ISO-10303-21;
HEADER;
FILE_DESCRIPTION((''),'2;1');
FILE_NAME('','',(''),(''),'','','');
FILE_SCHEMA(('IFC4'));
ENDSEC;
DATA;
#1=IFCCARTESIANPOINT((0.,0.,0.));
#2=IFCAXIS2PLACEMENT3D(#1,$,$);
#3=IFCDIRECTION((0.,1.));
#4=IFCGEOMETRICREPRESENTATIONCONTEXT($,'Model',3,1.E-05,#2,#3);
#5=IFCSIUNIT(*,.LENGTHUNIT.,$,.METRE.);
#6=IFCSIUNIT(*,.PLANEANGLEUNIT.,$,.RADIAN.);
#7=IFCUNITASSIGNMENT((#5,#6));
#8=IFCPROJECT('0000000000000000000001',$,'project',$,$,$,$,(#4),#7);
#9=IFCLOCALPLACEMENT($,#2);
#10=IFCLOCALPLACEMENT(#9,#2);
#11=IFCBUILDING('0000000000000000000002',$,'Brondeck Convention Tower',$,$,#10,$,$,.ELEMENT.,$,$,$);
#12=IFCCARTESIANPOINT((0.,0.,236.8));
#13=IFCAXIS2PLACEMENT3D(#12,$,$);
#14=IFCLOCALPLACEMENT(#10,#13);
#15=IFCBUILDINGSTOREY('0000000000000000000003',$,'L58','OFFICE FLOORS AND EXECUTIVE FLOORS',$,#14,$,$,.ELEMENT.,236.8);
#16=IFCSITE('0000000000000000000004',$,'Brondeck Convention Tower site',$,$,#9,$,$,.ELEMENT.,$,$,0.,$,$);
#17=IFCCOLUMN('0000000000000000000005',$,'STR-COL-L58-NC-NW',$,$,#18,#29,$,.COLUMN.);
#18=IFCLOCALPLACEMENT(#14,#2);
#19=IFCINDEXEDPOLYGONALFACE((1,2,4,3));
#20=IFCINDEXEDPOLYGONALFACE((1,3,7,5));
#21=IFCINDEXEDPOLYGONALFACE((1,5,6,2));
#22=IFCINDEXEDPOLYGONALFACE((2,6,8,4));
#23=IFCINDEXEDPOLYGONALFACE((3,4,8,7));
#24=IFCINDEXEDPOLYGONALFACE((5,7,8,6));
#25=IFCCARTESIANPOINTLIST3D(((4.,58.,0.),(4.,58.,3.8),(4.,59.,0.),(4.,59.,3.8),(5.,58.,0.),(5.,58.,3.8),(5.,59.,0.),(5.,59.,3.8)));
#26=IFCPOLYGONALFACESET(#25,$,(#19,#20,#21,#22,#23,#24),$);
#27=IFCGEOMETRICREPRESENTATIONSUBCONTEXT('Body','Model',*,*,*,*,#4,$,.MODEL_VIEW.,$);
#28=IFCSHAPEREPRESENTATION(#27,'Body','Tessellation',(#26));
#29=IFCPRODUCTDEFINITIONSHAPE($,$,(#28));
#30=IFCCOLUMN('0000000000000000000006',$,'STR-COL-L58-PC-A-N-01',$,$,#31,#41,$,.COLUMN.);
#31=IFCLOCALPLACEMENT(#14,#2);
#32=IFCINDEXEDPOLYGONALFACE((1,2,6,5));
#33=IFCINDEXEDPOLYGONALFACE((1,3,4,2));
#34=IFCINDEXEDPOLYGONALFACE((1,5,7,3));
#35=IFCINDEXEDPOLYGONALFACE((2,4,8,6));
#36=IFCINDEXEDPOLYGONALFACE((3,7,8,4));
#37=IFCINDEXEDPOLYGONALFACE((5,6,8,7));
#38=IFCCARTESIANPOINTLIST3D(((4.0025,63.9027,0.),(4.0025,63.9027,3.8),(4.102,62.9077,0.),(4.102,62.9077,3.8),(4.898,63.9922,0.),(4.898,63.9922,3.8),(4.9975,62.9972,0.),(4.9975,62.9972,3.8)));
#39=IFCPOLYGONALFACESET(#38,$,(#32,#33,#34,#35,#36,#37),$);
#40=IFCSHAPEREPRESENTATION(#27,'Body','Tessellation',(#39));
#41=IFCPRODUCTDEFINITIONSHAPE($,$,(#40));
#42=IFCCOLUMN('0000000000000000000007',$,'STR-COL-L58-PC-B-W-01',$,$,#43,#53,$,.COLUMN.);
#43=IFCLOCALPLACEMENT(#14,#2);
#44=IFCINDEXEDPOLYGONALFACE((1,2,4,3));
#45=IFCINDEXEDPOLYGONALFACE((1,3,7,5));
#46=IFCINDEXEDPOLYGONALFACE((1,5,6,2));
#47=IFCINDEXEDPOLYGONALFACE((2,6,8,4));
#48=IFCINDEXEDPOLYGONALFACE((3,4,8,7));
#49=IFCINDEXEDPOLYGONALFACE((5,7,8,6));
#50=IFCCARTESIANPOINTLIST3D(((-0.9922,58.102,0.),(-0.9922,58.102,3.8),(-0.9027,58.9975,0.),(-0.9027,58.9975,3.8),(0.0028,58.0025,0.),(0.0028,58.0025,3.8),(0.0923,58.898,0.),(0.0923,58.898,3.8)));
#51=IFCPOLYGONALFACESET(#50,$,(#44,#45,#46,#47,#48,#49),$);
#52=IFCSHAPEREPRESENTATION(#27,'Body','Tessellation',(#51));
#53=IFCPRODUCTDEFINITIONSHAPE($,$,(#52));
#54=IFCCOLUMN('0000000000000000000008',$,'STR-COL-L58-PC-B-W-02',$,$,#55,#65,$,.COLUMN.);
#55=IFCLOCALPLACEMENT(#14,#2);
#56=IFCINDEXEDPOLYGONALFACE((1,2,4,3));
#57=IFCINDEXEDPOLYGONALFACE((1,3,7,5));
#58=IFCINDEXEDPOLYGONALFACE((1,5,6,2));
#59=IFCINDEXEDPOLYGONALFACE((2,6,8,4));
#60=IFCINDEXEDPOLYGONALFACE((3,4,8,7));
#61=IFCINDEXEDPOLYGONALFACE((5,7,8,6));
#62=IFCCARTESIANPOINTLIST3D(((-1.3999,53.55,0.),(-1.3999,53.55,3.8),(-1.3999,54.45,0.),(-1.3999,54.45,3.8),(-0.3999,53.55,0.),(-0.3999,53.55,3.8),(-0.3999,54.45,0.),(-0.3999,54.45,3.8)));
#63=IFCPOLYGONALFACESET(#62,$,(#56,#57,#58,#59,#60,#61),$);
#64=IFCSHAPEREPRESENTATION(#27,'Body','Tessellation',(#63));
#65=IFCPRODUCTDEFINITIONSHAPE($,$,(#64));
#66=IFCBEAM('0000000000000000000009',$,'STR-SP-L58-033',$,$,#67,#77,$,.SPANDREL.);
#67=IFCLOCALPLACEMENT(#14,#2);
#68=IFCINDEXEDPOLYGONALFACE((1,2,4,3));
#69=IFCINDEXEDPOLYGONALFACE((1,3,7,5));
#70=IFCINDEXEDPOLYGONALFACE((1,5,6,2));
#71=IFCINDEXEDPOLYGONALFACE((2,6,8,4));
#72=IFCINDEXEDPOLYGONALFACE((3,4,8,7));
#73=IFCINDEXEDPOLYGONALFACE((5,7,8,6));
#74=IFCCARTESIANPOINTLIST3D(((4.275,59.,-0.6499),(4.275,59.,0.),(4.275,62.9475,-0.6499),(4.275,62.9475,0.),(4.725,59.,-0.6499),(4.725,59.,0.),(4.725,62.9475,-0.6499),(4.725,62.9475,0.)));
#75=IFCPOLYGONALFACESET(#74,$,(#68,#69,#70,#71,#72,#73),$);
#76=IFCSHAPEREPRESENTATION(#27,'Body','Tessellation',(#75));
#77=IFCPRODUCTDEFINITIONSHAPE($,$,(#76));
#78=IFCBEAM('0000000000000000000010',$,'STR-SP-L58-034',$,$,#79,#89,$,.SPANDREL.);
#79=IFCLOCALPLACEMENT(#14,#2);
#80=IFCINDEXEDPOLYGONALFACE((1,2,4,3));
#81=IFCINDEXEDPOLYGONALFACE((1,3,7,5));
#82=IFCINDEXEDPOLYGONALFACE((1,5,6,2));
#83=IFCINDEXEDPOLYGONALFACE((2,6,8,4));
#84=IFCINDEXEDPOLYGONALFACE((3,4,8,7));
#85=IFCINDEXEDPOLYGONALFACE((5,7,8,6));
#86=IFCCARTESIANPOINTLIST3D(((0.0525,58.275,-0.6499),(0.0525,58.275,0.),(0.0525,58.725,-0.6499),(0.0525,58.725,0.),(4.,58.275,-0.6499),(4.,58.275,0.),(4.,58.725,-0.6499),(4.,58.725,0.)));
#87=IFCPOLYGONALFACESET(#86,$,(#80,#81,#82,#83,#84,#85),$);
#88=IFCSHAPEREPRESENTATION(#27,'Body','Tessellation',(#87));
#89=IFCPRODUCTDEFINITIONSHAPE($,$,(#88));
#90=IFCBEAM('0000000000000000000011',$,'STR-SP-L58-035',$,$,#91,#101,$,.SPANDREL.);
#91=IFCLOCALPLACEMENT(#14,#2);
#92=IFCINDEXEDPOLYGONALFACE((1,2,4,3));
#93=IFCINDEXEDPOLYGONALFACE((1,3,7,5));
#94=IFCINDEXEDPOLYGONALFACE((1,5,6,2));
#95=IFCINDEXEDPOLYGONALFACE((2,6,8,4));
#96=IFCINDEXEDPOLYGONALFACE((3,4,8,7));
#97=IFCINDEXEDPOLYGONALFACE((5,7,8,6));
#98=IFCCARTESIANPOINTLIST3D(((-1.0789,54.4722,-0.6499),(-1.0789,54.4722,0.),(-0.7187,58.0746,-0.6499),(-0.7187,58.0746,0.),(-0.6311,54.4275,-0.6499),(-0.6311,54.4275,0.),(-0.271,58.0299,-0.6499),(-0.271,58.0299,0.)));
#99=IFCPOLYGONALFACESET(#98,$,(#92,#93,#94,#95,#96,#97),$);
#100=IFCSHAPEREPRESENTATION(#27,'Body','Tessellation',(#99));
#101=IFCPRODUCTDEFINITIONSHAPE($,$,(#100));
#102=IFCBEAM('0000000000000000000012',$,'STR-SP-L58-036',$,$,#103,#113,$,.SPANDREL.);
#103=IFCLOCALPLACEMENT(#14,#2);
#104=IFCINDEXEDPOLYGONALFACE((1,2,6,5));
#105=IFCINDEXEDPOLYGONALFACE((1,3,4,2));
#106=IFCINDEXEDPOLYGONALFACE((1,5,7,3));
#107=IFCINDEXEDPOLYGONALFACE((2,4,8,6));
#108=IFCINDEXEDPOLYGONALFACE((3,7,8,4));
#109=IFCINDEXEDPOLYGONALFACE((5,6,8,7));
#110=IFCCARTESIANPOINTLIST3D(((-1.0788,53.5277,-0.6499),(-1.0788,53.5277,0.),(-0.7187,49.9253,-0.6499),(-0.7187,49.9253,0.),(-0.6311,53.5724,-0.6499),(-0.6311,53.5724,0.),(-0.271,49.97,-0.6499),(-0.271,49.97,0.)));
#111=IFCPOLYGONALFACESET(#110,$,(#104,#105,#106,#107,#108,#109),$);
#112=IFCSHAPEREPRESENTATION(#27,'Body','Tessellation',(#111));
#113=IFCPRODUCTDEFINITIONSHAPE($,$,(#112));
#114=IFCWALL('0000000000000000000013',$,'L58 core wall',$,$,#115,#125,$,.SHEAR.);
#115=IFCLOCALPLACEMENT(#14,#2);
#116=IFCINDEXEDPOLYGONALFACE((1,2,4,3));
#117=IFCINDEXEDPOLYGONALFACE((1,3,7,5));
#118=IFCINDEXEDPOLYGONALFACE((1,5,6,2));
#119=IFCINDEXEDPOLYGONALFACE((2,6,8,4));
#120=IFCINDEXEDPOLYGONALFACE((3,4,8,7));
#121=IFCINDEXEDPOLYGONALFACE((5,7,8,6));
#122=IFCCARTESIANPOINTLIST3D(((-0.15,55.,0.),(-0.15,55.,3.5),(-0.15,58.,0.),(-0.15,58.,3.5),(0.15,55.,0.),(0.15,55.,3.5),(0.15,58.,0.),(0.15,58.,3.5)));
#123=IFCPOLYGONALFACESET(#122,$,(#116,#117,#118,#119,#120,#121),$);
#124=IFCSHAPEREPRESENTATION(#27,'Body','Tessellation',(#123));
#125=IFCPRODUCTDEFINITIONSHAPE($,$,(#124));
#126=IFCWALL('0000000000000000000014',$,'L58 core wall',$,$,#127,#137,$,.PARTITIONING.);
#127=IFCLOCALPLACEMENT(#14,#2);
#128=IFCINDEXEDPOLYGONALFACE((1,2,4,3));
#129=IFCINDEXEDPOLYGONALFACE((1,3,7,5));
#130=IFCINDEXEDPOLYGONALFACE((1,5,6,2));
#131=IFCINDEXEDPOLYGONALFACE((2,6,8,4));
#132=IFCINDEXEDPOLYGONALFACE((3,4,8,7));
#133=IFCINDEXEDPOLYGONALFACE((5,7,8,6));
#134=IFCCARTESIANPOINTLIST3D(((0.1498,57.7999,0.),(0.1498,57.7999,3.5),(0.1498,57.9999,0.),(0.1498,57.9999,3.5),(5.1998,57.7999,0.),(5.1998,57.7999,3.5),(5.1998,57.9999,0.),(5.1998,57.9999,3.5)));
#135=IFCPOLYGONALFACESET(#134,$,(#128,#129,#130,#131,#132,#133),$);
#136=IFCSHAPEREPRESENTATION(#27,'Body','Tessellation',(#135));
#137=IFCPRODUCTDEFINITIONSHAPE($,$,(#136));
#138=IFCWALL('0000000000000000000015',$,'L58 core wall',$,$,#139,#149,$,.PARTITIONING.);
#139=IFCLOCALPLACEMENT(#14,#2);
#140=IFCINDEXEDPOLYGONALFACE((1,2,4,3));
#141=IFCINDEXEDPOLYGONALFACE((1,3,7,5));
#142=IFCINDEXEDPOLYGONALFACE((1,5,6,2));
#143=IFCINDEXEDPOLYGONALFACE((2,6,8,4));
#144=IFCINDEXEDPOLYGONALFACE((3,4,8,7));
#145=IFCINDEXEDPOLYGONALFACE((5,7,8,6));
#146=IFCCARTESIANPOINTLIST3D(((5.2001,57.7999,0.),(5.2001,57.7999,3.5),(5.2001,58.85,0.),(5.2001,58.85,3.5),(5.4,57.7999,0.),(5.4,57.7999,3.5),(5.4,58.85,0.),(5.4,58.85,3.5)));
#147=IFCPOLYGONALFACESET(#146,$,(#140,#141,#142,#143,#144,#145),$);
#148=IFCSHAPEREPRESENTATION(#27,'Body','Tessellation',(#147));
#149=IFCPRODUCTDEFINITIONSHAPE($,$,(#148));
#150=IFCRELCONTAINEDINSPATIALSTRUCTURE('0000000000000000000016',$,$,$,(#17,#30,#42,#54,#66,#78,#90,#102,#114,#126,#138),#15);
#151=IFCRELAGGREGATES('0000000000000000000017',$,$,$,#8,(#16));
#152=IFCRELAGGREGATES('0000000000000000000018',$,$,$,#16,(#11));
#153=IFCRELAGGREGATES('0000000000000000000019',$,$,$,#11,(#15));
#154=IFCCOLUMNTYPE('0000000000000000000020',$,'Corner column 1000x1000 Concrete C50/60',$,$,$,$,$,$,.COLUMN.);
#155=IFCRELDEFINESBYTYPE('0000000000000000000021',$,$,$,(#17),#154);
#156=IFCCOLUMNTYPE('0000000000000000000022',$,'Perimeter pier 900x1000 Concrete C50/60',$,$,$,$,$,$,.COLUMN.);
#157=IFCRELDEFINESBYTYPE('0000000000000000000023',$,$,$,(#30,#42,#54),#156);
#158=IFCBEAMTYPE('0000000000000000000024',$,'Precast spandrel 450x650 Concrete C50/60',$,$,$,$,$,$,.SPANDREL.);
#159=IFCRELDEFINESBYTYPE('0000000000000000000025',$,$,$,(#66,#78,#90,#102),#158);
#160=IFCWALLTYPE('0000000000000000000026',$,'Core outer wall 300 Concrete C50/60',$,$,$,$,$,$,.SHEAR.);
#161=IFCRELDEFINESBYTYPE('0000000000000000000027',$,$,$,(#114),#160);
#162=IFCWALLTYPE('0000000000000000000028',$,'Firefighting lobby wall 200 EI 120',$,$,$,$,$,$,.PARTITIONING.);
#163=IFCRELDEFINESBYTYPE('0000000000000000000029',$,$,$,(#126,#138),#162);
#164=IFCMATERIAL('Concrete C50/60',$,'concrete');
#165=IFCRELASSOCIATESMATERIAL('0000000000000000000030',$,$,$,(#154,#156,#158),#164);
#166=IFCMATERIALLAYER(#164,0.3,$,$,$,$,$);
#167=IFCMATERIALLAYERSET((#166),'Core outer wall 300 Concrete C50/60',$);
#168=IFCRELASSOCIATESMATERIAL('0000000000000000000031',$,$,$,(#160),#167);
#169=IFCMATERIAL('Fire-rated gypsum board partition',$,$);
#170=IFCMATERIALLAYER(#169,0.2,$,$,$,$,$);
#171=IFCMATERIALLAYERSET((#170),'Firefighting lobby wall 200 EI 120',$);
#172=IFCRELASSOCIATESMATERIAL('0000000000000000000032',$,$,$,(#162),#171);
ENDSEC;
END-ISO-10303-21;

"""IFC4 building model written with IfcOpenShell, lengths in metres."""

from ifc_helpers import new_model, si_unit, direction, frame, frame_2d, origin, origin_2d, place, context, subcontext, project, spatial, rectangle, extrude, material, layer, layer_set, material_profile, profile_set, type_object, element, save


model = new_model("IFC4")

# Units and contexts
model_context = context("Model", 3, precision=1e-05, world=origin(), true_north=direction((0.0, 1.0)))
body_context = subcontext(model_context, "Body", "Model", "MODEL_VIEW")
ifc_project = project(units=[si_unit("LENGTHUNIT", "METRE"), si_unit("PLANEANGLEUNIT", "RADIAN")], contexts=[model_context])

# Site, building, storey
site_placement = place(None, origin())
site = spatial("IfcSite", under=ifc_project, at=site_placement, Name="Brondeck Convention Tower site", CompositionType="ELEMENT", RefElevation=0.0)
building_placement = place(site_placement, origin())
building = spatial("IfcBuilding", under=site, at=building_placement, Name="Brondeck Convention Tower", CompositionType="ELEMENT")
storey_placement = place(building_placement, frame((0.0, 0.0, 236.8)))
storey = spatial("IfcBuildingStorey", under=building, at=storey_placement, Name="L58", Description="OFFICE FLOORS AND EXECUTIVE FLOORS", CompositionType="ELEMENT", Elevation=236.8)

# Columns
ifc_material_1 = material(Name="Concrete C50/60", Category="concrete")
ifc_material_profile_1 = material_profile(ifc_material_1, rectangle(XDim=1.0, YDim=1.0, at=origin_2d()), Name="Corner column 1000x1000 Concrete C50/60")
ifc_profile_set_1 = profile_set([ifc_material_profile_1], Name="Concrete C50/60")
column_type_1 = type_object("IfcColumnType", Name="Corner column 1000x1000 Concrete C50/60", PredefinedType="COLUMN", material=ifc_profile_set_1)
column_placement = place(storey_placement, frame((4.5, 58.5, 0.0), z_axis=(0.0, 0.0, 1.0), x_axis=(1.0, 0.0, 0.0)))
element("IfcColumn", 1, at=column_placement, inside=storey, type_object=column_type_1, Name="STR-COL-L58-NC-NW", PredefinedType="COLUMN", context=body_context, shape_type="SweptSolid", body=[
    extrude(rectangle(XDim=1.0, YDim=1.0, at=origin_2d()), origin(), (0.0, 0.0, 1.0), 3.8),
])
ifc_material_profile_2 = material_profile(ifc_material_1, rectangle(XDim=0.8999, YDim=1.0, at=origin_2d()), Name="Perimeter pier 900x1000 Concrete C50/60")
ifc_profile_set_2 = profile_set([ifc_material_profile_2], Name="Concrete C50/60")
column_type_2 = type_object("IfcColumnType", Name="Perimeter pier 900x1000 Concrete C50/60", PredefinedType="COLUMN", material=ifc_profile_set_2)
for number, where, z_axis, x_axis, name in (
    (2, (4.5, 63.45, 0.0), (0.0, 0.0, 1.0), (-0.995037, -0.099504, 0.0), "STR-COL-L58-PC-A-N-01"),
    (3, (-0.45, 58.5, 0.0), (0.0, 0.0, 1.0), (-0.099504, -0.995037, 0.0), "STR-COL-L58-PC-B-W-01"),
    (4, (-0.8999, 54.0, 0.0), (0.0, 0.0, 1.0), (0.0, -1.0, 0.0), "STR-COL-L58-PC-B-W-02"),
):
    element("IfcColumn", number, at=place(storey_placement, frame(where, z_axis=z_axis, x_axis=x_axis)), inside=storey, type_object=column_type_2, Name=name, PredefinedType="COLUMN", context=body_context, shape_type="SweptSolid", body=[
        extrude(rectangle(XDim=0.8999, YDim=1.0, at=origin_2d()), origin(), (0.0, 0.0, 1.0), 3.8),
    ])

# Beams
ifc_material_profile_3 = material_profile(ifc_material_1, rectangle(XDim=0.45, YDim=0.6499, at=origin_2d()), Name="Precast spandrel 450x650 Concrete C50/60")
ifc_profile_set_3 = profile_set([ifc_material_profile_3], Name="Concrete C50/60")
beam_type = type_object("IfcBeamType", Name="Precast spandrel 450x650 Concrete C50/60", PredefinedType="SPANDREL", material=ifc_profile_set_3)
for number, where, z_axis, x_axis, name in (
    (5, (4.5, 62.9475, -0.325), (0.0, -1.0, 0.0), (1.0, 0.0, 0.0), "STR-SP-L58-033"),
    (6, (4.0, 58.5, -0.325), (-1.0, 0.0, 0.0), (0.0, -1.0, 0.0), "STR-SP-L58-034"),
):
    element("IfcBeam", number, at=place(storey_placement, frame(where, z_axis=z_axis, x_axis=x_axis)), inside=storey, type_object=beam_type, Name=name, PredefinedType="SPANDREL", context=body_context, shape_type="SweptSolid", body=[
        extrude(rectangle(XDim=0.45, YDim=0.6499, at=origin_2d()), origin(), (0.0, 0.0, 1.0), 3.9475),
    ])
for number, where, z_axis, x_axis, name in (
    (7, (-0.4949, 58.0522, -0.325), (-0.09947, -0.995041, 0.0), (0.995041, -0.09947, 0.0), "STR-SP-L58-035"),
    (8, (-0.855, 53.55, -0.325), (0.09947, -0.995041, 0.0), (0.995041, 0.09947, 0.0), "STR-SP-L58-036"),
):
    element("IfcBeam", number, at=place(storey_placement, frame(where, z_axis=z_axis, x_axis=x_axis)), inside=storey, type_object=beam_type, Name=name, PredefinedType="SPANDREL", context=body_context, shape_type="SweptSolid", body=[
        extrude(rectangle(XDim=0.45, YDim=0.6499, at=origin_2d()), origin(), (0.0, 0.0, 1.0), 3.6204),
    ])

# Walls
ifc_layer_1 = layer(ifc_material_1, 0.3)
ifc_layer_set_1 = layer_set([ifc_layer_1], Name="Core outer wall 300 Concrete C50/60")
wall_type_1 = type_object("IfcWallType", Name="Core outer wall 300 Concrete C50/60", PredefinedType="SHEAR", material=ifc_layer_set_1)
wall_1_placement = place(storey_placement, frame((0.0, 55.0, 0.0), z_axis=(0.0, 0.0, 1.0), x_axis=(0.0, 1.0, 0.0)))
element("IfcWall", 9, at=wall_1_placement, inside=storey, type_object=wall_type_1, Name="L58 core wall", PredefinedType="SHEAR", context=body_context, shape_type="SweptSolid", body=[
    extrude(rectangle(XDim=3.0, YDim=0.3, at=frame_2d((1.5, 0.0))), origin(), (0.0, 0.0, 1.0), 3.5),
])
ifc_material_2 = material(Name="Fire-rated gypsum board partition")
ifc_layer_2 = layer(ifc_material_2, 0.2)
ifc_layer_set_2 = layer_set([ifc_layer_2], Name="Firefighting lobby wall 200 EI 120")
wall_type_2 = type_object("IfcWallType", Name="Firefighting lobby wall 200 EI 120", PredefinedType="PARTITIONING", material=ifc_layer_set_2)
wall_2_placement = place(storey_placement, frame((0.1499, 57.8999, 0.0), z_axis=(0.0, 0.0, 1.0), x_axis=(1.0, 0.0, 0.0)))
element("IfcWall", 10, at=wall_2_placement, inside=storey, type_object=wall_type_2, Name="L58 core wall", PredefinedType="PARTITIONING", context=body_context, shape_type="SweptSolid", body=[
    extrude(rectangle(XDim=5.05, YDim=0.2, at=frame_2d((2.5249, 0.0))), origin(), (0.0, 0.0, 1.0), 3.5),
])
wall_3_placement = place(storey_placement, frame((5.3, 57.8, 0.0), z_axis=(0.0, 0.0, 1.0), x_axis=(0.0, 1.0, 0.0)))
element("IfcWall", 11, at=wall_3_placement, inside=storey, type_object=wall_type_2, Name="L58 core wall", PredefinedType="PARTITIONING", context=body_context, shape_type="SweptSolid", body=[
    extrude(rectangle(XDim=1.05, YDim=0.2, at=frame_2d((0.5249, 0.0))), origin(), (0.0, 0.0, 1.0), 3.5),
])

save(model, "model.ifc")
